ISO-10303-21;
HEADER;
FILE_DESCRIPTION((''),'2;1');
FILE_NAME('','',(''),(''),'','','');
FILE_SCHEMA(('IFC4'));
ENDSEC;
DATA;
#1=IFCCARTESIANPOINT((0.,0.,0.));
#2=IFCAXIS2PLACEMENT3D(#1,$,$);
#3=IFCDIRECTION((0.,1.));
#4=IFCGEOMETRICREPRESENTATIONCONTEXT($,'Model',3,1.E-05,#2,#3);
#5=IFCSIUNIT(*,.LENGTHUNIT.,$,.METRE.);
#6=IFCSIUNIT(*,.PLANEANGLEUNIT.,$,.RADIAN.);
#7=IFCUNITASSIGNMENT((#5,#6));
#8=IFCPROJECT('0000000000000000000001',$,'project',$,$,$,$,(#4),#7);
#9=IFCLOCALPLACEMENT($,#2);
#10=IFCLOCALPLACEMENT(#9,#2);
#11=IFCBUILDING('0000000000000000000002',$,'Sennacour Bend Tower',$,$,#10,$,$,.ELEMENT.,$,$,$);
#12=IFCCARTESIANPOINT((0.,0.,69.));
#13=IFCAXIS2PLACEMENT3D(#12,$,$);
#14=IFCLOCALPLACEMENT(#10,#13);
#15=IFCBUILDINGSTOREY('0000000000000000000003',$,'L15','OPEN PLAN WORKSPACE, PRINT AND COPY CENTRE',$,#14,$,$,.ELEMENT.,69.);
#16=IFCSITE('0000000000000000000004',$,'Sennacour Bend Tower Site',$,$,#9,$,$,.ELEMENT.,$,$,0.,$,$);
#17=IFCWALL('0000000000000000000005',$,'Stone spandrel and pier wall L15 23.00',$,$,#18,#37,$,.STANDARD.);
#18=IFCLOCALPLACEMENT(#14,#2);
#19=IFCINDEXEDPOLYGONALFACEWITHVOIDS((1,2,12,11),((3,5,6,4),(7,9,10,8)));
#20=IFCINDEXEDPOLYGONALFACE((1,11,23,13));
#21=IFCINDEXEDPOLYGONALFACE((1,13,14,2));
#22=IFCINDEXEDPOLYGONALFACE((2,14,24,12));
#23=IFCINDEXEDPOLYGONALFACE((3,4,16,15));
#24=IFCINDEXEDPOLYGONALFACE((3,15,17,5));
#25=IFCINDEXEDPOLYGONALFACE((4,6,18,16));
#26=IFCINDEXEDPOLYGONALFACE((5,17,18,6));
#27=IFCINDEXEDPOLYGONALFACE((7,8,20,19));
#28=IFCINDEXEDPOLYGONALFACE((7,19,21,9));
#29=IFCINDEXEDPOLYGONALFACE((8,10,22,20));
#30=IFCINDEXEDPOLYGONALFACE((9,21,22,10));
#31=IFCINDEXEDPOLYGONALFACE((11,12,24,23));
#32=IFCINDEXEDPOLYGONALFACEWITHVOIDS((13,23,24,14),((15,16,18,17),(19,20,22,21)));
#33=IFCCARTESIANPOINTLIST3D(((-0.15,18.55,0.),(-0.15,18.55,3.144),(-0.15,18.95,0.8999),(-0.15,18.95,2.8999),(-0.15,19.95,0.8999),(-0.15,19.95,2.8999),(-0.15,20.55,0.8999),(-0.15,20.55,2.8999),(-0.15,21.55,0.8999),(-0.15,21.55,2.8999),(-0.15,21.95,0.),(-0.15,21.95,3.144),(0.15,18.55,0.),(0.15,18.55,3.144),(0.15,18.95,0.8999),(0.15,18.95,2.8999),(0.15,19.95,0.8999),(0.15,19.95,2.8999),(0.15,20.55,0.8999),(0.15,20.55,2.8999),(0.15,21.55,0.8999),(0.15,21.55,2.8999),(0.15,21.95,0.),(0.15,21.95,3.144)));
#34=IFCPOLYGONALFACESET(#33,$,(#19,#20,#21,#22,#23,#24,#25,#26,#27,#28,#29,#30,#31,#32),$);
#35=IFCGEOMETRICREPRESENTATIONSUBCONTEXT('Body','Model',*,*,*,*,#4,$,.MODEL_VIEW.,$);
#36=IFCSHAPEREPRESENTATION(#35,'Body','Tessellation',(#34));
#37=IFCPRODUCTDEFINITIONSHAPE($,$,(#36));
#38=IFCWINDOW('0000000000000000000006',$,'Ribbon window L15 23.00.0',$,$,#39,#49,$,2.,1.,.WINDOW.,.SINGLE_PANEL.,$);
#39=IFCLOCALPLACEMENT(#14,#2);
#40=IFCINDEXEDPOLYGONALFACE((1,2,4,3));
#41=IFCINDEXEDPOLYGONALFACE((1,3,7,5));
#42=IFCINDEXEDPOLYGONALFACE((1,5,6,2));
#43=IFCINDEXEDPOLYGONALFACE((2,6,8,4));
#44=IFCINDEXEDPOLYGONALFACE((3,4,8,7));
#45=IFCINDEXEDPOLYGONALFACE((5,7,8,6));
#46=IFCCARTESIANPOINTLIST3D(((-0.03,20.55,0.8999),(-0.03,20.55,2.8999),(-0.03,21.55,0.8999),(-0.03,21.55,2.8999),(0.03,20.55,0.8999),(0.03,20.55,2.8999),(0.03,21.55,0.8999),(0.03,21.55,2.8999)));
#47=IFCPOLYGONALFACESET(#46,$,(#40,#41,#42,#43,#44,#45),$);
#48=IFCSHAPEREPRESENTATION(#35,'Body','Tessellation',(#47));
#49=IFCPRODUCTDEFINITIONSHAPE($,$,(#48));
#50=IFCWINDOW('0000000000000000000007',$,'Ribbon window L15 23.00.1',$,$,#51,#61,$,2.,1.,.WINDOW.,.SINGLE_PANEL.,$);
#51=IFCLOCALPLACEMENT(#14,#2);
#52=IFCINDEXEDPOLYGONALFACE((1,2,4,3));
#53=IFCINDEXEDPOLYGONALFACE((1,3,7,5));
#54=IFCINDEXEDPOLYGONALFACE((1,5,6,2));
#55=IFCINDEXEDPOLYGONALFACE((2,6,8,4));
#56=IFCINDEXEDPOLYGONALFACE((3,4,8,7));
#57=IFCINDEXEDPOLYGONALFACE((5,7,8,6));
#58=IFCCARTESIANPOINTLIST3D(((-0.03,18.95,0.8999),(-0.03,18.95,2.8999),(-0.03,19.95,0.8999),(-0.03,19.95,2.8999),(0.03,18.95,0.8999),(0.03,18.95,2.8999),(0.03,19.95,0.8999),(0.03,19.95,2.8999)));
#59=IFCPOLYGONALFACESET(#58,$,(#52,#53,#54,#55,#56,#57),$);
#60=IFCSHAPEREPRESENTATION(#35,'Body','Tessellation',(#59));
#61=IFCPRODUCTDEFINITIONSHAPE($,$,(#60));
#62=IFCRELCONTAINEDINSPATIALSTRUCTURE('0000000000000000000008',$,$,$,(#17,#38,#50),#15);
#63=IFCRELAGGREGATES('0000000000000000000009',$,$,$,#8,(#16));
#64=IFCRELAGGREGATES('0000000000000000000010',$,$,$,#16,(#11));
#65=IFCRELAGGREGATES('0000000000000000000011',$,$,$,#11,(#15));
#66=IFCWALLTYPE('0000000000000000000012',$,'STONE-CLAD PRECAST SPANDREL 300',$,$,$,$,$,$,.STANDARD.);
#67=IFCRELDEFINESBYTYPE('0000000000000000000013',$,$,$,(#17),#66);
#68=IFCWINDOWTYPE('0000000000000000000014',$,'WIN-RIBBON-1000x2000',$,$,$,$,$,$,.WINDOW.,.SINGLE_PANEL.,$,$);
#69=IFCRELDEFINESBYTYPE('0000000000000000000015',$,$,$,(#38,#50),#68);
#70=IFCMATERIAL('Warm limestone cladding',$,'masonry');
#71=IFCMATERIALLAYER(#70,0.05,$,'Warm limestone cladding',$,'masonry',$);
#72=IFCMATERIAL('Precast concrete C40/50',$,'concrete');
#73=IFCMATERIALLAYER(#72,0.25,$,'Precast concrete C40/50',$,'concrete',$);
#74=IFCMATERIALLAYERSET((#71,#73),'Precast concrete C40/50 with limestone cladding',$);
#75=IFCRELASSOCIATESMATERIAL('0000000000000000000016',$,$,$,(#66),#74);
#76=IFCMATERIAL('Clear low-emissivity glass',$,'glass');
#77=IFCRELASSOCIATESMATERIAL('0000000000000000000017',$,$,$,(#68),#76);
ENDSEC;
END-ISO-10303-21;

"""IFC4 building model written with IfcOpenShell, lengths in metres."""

from ifc_helpers import new_model, si_unit, direction, frame, frame_2d, origin, place, context, subcontext, project, spatial, rectangle, extrude, material, layer, layer_set, type_object, element, fill, save


model = new_model("IFC4")

# Units and contexts
model_context = context("Model", 3, precision=1e-05, world=origin(), true_north=direction((0.0, 1.0)))
body_context = subcontext(model_context, "Body", "Model", "MODEL_VIEW")
ifc_project = project(units=[si_unit("LENGTHUNIT", "METRE"), si_unit("PLANEANGLEUNIT", "RADIAN")], contexts=[model_context])

# Site, building, storey
site_placement = place(None, origin())
site = spatial("IfcSite", under=ifc_project, at=site_placement, Name="Sennacour Bend Tower Site", CompositionType="ELEMENT", RefElevation=0.0)
building_placement = place(site_placement, origin())
building = spatial("IfcBuilding", under=site, at=building_placement, Name="Sennacour Bend Tower", CompositionType="ELEMENT")
storey_placement = place(building_placement, frame((0.0, 0.0, 69.0)))
storey = spatial("IfcBuildingStorey", under=building, at=storey_placement, Name="L15", Description="OPEN PLAN WORKSPACE, PRINT AND COPY CENTRE", CompositionType="ELEMENT", Elevation=69.0)

# Wall, openings, windows
ifc_material_1 = material(Name="Warm limestone cladding", Category="masonry")
ifc_layer_1 = layer(ifc_material_1, 0.05, Name="Warm limestone cladding", Category="masonry")
ifc_material_2 = material(Name="Precast concrete C40/50", Category="concrete")
ifc_layer_2 = layer(ifc_material_2, 0.25, Name="Precast concrete C40/50", Category="concrete")
ifc_layer_set_1 = layer_set([ifc_layer_1, ifc_layer_2], Name="Precast concrete C40/50 with limestone cladding")
wall_type_1 = type_object("IfcWallType", Name="STONE-CLAD PRECAST SPANDREL 300", PredefinedType="STANDARD", material=ifc_layer_set_1)
wall_1_placement = place(storey_placement, frame((0.0, 21.95, 0.0), z_axis=(0.0, 0.0, 1.0), x_axis=(0.0, -1.0, 0.0)))
wall_1 = element("IfcWall", 1, at=wall_1_placement, inside=storey, type_object=wall_type_1, Name="Stone spandrel and pier wall L15 23.00", PredefinedType="STANDARD", context=body_context, shape_type="SweptSolid", body=[
    extrude(rectangle(XDim=3.3999, YDim=0.3, at=frame_2d((1.7, 0.0))), origin(), (0.0, 0.0, 1.0), 3.144),
])
opening_1_placement = place(wall_1_placement, frame((0.3999, 0.0, 0.8999)))
opening_1 = element("IfcOpeningElement", 2, at=opening_1_placement, cuts=wall_1, PredefinedType="OPENING", context=body_context, shape_type="SweptSolid", body=[
    extrude(rectangle(XDim=1.0, YDim=2.0, at=frame_2d((0.5, 1.0))), frame((0.0, 0.1602, 0.0), z_axis=(0.0, -1.0, 0.0), x_axis=(1.0, 0.0, 0.0)), (0.0, 0.0, 1.0), 0.3201),
])
opening_2_placement = place(wall_1_placement, frame((2.0, 0.0, 0.8999)))
opening_2 = element("IfcOpeningElement", 3, at=opening_2_placement, cuts=wall_1, PredefinedType="OPENING", context=body_context, shape_type="SweptSolid", body=[
    extrude(rectangle(XDim=1.0, YDim=2.0, at=frame_2d((0.5, 1.0))), frame((0.0, 0.1602, 0.0), z_axis=(0.0, -1.0, 0.0), x_axis=(1.0, 0.0, 0.0)), (0.0, 0.0, 1.0), 0.3201),
])
ifc_material_3 = material(Name="Clear low-emissivity glass", Category="glass")
window_type = type_object("IfcWindowType", Name="WIN-RIBBON-1000x2000", PartitioningType="SINGLE_PANEL", PredefinedType="WINDOW", material=ifc_material_3)
window_1_placement = place(opening_1_placement, origin())
window_1 = element("IfcWindow", 4, at=window_1_placement, inside=storey, type_object=window_type, Name="Ribbon window L15 23.00.0", OverallHeight=2.0, OverallWidth=1.0, PartitioningType="SINGLE_PANEL", PredefinedType="WINDOW", context=body_context, shape_type="SweptSolid", body=[
    extrude(rectangle(XDim=1.0, YDim=2.0, at=frame_2d((0.5, 1.0))), frame((0.0, 0.03, 0.0), z_axis=(0.0, -1.0, 0.0), x_axis=(1.0, 0.0, 0.0)), (0.0, 0.0, 1.0), 0.0601),
])
fill(opening_1, window_1)
window_2_placement = place(opening_2_placement, origin())
window_2 = element("IfcWindow", 5, at=window_2_placement, inside=storey, type_object=window_type, Name="Ribbon window L15 23.00.1", OverallHeight=2.0, OverallWidth=1.0, PartitioningType="SINGLE_PANEL", PredefinedType="WINDOW", context=body_context, shape_type="SweptSolid", body=[
    extrude(rectangle(XDim=1.0, YDim=2.0, at=frame_2d((0.5, 1.0))), frame((0.0, 0.03, 0.0), z_axis=(0.0, -1.0, 0.0), x_axis=(1.0, 0.0, 0.0)), (0.0, 0.0, 1.0), 0.0601),
])
fill(opening_2, window_2)

save(model, "model.ifc")
